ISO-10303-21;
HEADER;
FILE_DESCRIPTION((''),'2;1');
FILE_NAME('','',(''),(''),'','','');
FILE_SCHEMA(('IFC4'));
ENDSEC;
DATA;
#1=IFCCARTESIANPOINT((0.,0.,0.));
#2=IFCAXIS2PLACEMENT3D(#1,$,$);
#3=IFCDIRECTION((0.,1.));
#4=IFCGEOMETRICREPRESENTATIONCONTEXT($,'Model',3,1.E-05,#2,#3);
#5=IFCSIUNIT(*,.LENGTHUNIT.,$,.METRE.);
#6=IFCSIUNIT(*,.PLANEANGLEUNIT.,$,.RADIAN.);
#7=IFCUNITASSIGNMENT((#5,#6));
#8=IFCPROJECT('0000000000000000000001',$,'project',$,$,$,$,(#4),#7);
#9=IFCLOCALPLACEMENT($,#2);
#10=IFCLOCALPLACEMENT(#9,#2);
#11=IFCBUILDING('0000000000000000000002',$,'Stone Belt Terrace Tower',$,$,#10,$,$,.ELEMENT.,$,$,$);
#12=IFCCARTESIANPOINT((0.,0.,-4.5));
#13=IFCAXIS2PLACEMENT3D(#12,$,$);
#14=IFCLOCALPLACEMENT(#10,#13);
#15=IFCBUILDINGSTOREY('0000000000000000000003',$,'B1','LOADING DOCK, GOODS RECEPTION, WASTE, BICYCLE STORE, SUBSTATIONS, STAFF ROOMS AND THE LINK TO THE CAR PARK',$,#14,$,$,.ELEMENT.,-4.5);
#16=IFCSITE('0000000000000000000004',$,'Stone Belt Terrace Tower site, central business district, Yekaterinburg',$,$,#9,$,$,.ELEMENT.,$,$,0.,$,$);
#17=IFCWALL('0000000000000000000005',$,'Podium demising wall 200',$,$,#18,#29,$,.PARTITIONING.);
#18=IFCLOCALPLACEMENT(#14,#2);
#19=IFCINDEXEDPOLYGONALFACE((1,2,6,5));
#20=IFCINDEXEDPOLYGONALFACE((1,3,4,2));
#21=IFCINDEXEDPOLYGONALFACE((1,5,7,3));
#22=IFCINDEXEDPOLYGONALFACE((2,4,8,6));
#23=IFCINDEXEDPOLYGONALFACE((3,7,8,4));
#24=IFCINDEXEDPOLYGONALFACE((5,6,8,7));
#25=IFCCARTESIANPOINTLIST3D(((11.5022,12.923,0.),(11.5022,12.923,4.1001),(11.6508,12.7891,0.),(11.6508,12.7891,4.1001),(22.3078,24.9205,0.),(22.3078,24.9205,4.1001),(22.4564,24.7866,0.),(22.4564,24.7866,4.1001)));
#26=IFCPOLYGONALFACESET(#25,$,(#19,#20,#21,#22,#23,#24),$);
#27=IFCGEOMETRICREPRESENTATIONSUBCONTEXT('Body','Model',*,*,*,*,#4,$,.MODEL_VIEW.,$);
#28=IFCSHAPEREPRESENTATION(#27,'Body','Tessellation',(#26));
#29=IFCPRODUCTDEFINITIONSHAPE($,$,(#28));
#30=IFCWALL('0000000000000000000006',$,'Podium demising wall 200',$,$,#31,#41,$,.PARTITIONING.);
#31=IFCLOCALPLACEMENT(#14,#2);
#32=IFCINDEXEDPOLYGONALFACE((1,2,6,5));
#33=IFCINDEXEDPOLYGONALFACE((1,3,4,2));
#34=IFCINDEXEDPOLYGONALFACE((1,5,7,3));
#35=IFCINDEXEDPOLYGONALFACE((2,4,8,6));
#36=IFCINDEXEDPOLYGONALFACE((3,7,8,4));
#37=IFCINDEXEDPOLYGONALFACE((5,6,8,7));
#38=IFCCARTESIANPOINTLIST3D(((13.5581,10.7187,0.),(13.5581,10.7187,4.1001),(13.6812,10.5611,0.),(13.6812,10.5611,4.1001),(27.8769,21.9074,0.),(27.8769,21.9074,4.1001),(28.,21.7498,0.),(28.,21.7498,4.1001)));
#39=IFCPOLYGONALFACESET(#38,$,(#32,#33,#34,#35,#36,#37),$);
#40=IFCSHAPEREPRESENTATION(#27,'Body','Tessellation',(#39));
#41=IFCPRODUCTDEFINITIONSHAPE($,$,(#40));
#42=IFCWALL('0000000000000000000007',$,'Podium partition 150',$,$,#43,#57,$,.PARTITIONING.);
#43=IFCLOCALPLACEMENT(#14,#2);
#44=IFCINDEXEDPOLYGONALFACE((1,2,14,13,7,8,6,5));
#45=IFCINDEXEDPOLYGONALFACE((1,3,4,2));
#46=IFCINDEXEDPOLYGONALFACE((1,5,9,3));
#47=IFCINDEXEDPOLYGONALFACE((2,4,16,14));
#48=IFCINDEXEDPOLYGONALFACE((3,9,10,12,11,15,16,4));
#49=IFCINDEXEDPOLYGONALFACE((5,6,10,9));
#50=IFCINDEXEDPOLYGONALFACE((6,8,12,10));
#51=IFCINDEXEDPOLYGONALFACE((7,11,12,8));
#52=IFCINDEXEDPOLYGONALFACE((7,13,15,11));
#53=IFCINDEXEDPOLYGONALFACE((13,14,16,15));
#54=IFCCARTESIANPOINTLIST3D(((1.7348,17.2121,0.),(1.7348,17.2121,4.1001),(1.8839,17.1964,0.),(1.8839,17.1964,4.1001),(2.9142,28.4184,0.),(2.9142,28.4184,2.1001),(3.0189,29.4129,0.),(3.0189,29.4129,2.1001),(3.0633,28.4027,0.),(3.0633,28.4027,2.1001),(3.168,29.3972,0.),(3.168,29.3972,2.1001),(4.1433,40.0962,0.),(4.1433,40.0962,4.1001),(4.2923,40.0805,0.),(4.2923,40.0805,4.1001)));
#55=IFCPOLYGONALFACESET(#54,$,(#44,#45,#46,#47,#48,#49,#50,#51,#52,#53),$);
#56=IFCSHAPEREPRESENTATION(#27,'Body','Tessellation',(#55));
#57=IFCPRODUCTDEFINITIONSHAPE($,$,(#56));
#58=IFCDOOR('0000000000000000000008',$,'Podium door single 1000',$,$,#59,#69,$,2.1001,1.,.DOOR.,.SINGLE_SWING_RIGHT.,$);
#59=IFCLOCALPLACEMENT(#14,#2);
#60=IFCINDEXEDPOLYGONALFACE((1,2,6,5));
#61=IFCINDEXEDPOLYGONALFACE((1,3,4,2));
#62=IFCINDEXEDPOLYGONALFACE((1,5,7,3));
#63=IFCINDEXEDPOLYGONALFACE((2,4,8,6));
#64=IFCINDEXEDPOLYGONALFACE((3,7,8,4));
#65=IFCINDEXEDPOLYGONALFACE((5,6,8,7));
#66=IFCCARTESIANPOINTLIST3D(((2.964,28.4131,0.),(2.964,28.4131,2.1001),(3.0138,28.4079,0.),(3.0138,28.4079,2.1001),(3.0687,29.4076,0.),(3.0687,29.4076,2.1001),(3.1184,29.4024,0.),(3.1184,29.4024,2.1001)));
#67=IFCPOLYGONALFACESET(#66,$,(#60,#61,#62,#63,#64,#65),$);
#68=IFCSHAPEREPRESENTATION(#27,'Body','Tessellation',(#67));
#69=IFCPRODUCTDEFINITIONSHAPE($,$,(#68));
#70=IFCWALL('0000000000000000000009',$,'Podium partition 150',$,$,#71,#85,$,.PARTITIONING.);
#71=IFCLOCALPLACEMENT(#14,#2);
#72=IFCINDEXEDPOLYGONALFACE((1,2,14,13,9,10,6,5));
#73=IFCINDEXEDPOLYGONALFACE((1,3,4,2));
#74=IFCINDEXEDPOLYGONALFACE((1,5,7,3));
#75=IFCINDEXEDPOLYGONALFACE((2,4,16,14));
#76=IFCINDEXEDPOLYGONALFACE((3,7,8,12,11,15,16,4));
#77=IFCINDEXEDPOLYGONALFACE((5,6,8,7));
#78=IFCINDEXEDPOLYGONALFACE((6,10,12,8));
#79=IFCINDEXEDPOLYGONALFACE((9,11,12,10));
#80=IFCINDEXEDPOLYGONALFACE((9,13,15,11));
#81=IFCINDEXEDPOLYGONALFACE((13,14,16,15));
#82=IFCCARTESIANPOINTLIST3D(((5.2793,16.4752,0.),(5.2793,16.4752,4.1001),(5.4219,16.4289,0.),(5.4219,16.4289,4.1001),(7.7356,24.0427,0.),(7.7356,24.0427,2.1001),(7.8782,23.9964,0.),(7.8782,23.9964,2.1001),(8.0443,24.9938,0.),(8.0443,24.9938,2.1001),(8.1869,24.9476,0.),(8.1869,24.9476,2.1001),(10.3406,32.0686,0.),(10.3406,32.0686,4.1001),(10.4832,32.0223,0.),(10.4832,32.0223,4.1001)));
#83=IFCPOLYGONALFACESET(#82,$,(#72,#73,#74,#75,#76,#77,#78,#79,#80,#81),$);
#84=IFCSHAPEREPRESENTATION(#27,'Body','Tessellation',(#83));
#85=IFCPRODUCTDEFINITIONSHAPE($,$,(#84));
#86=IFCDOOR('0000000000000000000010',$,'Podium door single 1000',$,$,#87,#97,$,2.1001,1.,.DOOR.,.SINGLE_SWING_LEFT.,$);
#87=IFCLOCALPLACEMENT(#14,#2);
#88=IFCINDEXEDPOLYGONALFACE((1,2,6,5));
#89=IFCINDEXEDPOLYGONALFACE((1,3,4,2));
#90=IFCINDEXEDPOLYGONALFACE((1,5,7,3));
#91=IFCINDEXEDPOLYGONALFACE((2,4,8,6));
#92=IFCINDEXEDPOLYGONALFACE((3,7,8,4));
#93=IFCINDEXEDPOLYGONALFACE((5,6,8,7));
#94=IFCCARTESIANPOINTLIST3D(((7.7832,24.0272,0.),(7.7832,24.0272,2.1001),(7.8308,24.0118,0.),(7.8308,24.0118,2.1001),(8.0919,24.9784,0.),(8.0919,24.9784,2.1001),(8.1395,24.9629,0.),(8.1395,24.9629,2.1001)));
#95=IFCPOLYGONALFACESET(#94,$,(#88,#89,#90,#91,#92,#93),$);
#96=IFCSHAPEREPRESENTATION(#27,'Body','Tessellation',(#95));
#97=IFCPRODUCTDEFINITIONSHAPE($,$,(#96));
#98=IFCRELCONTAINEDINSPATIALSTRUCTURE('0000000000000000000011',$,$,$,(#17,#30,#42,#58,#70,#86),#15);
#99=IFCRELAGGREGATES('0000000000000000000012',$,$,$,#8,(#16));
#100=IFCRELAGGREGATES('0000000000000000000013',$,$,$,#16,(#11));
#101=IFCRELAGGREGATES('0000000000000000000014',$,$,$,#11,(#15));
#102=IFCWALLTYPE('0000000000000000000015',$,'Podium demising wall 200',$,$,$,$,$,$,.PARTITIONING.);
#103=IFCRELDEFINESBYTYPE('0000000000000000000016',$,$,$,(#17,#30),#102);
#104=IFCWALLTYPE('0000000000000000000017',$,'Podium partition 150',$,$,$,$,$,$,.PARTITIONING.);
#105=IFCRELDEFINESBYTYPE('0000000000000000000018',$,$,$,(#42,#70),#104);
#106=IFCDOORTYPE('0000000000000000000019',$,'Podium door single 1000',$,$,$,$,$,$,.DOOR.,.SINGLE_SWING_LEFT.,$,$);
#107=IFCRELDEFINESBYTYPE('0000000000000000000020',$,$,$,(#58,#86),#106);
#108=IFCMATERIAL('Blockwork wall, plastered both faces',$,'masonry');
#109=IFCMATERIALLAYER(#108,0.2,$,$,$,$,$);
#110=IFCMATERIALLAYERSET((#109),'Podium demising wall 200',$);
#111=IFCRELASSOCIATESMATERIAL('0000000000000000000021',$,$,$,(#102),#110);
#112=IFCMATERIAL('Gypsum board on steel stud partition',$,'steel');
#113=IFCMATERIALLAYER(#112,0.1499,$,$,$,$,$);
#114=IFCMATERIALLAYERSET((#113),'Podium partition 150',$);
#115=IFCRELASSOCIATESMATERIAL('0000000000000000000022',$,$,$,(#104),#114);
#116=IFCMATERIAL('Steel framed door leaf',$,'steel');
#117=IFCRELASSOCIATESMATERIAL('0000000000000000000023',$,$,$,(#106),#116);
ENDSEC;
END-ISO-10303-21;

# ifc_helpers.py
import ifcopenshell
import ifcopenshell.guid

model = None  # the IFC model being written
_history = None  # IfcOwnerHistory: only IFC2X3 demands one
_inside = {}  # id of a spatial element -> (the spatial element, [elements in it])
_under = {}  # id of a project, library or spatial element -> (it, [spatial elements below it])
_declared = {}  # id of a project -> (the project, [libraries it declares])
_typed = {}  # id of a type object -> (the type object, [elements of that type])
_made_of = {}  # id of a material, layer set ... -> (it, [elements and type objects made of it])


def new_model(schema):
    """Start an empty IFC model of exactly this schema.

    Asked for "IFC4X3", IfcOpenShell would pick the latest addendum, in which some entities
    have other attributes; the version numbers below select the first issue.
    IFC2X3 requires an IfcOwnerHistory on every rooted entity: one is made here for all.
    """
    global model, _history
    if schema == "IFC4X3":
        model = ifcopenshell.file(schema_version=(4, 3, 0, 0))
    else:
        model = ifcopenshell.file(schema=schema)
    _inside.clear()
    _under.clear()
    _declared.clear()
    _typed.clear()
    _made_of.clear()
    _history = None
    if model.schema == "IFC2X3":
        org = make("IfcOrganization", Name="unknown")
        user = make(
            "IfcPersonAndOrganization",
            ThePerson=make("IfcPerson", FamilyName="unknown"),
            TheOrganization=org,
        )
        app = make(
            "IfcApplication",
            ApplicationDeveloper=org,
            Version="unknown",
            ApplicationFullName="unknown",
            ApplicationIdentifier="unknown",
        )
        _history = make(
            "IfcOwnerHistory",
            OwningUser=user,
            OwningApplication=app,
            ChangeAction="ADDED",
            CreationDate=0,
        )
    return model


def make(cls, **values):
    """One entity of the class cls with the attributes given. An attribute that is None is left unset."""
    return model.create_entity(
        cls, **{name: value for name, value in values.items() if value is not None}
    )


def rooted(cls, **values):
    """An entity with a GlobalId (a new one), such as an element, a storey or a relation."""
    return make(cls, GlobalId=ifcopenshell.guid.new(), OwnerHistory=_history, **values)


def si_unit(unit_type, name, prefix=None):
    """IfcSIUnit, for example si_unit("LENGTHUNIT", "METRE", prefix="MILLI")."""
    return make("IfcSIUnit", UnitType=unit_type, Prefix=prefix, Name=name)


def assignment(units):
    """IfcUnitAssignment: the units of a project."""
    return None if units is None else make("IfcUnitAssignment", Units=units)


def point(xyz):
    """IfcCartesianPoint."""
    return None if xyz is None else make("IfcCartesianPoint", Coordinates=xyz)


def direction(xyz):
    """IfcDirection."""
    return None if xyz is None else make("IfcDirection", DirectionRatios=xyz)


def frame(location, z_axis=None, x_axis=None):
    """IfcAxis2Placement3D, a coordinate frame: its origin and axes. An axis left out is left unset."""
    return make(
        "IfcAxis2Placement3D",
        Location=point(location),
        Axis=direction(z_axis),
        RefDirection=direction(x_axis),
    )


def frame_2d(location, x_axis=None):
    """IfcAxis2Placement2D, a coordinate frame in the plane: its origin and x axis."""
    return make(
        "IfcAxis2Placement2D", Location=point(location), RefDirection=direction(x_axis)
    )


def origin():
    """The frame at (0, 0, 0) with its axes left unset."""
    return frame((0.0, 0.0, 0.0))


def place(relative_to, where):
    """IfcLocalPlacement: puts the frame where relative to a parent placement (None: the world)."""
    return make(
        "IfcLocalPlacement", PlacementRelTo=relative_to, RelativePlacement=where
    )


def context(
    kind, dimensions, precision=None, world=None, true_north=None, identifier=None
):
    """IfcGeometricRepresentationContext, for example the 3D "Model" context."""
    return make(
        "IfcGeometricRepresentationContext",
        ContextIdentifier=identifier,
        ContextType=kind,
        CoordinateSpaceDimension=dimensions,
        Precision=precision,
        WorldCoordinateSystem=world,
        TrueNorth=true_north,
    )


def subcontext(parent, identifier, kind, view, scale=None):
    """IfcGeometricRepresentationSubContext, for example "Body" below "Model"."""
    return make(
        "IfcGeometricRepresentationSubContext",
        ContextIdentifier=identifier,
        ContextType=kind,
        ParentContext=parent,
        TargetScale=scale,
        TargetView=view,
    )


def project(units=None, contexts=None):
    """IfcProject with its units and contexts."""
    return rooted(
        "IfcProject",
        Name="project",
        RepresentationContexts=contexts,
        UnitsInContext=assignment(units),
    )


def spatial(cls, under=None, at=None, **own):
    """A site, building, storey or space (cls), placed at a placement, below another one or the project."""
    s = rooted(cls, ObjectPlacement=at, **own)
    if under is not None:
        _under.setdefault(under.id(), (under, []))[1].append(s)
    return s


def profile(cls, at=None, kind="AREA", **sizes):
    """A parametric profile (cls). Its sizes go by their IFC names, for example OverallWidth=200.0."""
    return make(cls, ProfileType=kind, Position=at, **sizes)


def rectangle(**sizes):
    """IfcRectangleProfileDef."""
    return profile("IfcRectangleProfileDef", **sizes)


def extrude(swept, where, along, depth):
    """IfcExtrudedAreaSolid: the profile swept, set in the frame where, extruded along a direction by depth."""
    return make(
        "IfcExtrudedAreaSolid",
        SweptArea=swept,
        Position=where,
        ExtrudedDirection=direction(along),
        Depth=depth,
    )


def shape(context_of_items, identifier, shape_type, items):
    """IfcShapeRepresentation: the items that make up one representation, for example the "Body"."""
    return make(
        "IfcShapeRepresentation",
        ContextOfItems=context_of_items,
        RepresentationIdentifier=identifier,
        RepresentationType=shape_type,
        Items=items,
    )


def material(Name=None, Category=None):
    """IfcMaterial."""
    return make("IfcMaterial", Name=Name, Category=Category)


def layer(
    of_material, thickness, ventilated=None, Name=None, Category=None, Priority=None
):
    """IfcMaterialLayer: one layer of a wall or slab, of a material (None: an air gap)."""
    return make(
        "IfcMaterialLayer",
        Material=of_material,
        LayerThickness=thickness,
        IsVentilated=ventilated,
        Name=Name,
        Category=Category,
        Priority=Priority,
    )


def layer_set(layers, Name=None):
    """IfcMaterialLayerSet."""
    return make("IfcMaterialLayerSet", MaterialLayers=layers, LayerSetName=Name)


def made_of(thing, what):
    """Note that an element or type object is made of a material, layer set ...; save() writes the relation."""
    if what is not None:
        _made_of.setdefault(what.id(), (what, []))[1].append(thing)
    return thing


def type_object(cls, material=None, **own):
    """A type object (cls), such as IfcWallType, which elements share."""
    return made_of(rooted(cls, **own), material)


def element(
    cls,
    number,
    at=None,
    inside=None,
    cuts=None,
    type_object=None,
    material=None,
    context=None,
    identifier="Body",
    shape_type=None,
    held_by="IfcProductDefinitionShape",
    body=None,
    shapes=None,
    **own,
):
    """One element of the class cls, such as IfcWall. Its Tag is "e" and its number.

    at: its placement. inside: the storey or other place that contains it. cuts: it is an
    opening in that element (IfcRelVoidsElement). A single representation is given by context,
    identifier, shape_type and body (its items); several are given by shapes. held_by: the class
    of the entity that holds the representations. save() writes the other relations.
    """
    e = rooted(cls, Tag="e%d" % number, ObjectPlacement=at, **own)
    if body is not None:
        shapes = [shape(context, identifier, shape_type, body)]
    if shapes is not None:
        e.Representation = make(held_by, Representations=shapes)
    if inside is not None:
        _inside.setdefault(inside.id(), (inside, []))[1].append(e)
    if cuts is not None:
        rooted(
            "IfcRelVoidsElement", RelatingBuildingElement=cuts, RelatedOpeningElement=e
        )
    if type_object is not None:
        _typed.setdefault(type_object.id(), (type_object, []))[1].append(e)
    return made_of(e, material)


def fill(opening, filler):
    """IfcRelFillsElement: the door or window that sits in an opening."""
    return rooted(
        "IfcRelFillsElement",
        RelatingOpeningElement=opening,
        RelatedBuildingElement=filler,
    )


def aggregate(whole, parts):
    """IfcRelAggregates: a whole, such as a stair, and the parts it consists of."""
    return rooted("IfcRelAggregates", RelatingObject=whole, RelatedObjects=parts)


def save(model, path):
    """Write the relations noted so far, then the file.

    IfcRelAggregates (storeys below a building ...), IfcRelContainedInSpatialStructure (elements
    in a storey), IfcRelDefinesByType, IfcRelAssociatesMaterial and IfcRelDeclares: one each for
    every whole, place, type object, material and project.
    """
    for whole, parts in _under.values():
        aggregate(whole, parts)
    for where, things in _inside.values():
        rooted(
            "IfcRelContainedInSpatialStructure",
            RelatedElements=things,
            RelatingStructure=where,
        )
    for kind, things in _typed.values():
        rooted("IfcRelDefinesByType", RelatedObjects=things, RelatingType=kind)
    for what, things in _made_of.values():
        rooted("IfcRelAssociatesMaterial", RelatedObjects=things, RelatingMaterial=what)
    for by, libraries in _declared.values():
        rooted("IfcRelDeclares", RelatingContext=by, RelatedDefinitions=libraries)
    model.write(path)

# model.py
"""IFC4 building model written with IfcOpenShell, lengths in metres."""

from ifc_helpers import new_model, si_unit, direction, frame, frame_2d, origin, place, context, subcontext, project, spatial, rectangle, extrude, material, layer, layer_set, type_object, element, fill, save


model = new_model("IFC4")

# Units and contexts
model_context = context("Model", 3, precision=1e-05, world=origin(), true_north=direction((0.0, 1.0)))
body_context = subcontext(model_context, "Body", "Model", "MODEL_VIEW")
ifc_project = project(units=[si_unit("LENGTHUNIT", "METRE"), si_unit("PLANEANGLEUNIT", "RADIAN")], contexts=[model_context])

# Site, building, storey
site_placement = place(None, origin())
site = spatial("IfcSite", under=ifc_project, at=site_placement, Name="Stone Belt Terrace Tower site, central business district, Yekaterinburg", CompositionType="ELEMENT", RefElevation=0.0)
building_placement = place(site_placement, origin())
building = spatial("IfcBuilding", under=site, at=building_placement, Name="Stone Belt Terrace Tower", CompositionType="ELEMENT")
storey_placement = place(building_placement, frame((0.0, 0.0, -4.5)))
storey = spatial("IfcBuildingStorey", under=building, at=storey_placement, Name="B1", Description="LOADING DOCK, GOODS RECEPTION, WASTE, BICYCLE STORE, SUBSTATIONS, STAFF ROOMS AND THE LINK TO THE CAR PARK", CompositionType="ELEMENT", Elevation=-4.5)

# Shared definitions
ifc_material_1 = material(Name="Steel framed door leaf", Category="steel")

# Walls
ifc_material_2 = material(Name="Blockwork wall, plastered both faces", Category="masonry")
ifc_layer_1 = layer(ifc_material_2, 0.2)
ifc_layer_set_1 = layer_set([ifc_layer_1], Name="Podium demising wall 200")
wall_type_1 = type_object("IfcWallType", Name="Podium demising wall 200", PredefinedType="PARTITIONING", material=ifc_layer_set_1)
wall_1_placement = place(storey_placement, frame((11.5764, 12.856, 0.0), z_axis=(0.0, 0.0, 1.0), x_axis=(0.669234, 0.743052, 0.0)))
element("IfcWall", 1, at=wall_1_placement, inside=storey, type_object=wall_type_1, Name="Podium demising wall 200", PredefinedType="PARTITIONING", context=body_context, shape_type="SweptSolid", body=[
    extrude(rectangle(XDim=16.1462, YDim=0.2, at=frame_2d((8.0732, 0.0))), origin(), (0.0, 0.0, 1.0), 4.1001),
])
wall_2_placement = place(storey_placement, frame((13.6196, 10.6399, 0.0), z_axis=(0.0, 0.0, 1.0), x_axis=(0.787968, 0.615717, 0.0)))
element("IfcWall", 2, at=wall_2_placement, inside=storey, type_object=wall_type_1, Name="Podium demising wall 200", PredefinedType="PARTITIONING", context=body_context, shape_type="SweptSolid", body=[
    extrude(rectangle(XDim=18.1719, YDim=0.2, at=frame_2d((9.0859, 0.0))), origin(), (0.0, 0.0, 1.0), 4.1001),
])

# Walls, openings, doors
ifc_material_3 = material(Name="Gypsum board on steel stud partition", Category="steel")
ifc_layer_2 = layer(ifc_material_3, 0.1499)
ifc_layer_set_2 = layer_set([ifc_layer_2], Name="Podium partition 150")
wall_type_2 = type_object("IfcWallType", Name="Podium partition 150", PredefinedType="PARTITIONING", material=ifc_layer_set_2)
wall_3_placement = place(storey_placement, frame((1.8093, 17.2041, 0.0), z_axis=(0.0, 0.0, 1.0), x_axis=(0.104668, 0.994507, 0.0)))
wall_3 = element("IfcWall", 3, at=wall_3_placement, inside=storey, type_object=wall_type_2, Name="Podium partition 150", PredefinedType="PARTITIONING", context=body_context, shape_type="SweptSolid", body=[
    extrude(rectangle(XDim=23.0105, YDim=0.1499, at=frame_2d((11.5054, 0.0))), origin(), (0.0, 0.0, 1.0), 4.1001),
])
opening_1_placement = place(wall_3_placement, frame((11.2683, 0.0, 0.0)))
opening_1 = element("IfcOpeningElement", 4, at=opening_1_placement, cuts=wall_3, PredefinedType="OPENING", context=body_context, shape_type="SweptSolid", body=[
    extrude(rectangle(XDim=1.0, YDim=2.1001, at=frame_2d((0.5, 1.05))), frame((0.0, 0.085, 0.0), z_axis=(0.0, -1.0, 0.0), x_axis=(1.0, 0.0, 0.0)), (0.0, 0.0, 1.0), 0.1699),
])
door_type_1 = type_object("IfcDoorType", Name="Podium door single 1000", OperationType="SINGLE_SWING_LEFT", PredefinedType="DOOR", material=ifc_material_1)
door_1_placement = place(opening_1_placement, origin())
door_1 = element("IfcDoor", 5, at=door_1_placement, inside=storey, type_object=door_type_1, Name="Podium door single 1000", OperationType="SINGLE_SWING_RIGHT", OverallHeight=2.1001, OverallWidth=1.0, PredefinedType="DOOR", context=body_context, shape_type="SweptSolid", body=[
    extrude(rectangle(XDim=1.0, YDim=2.1001, at=frame_2d((0.5, 1.05))), frame((0.0, 0.0249, 0.0), z_axis=(0.0, -1.0, 0.0), x_axis=(1.0, 0.0, 0.0)), (0.0, 0.0, 1.0), 0.05),
])
fill(opening_1, door_1)
wall_4_placement = place(storey_placement, frame((5.3506, 16.4519, 0.0), z_axis=(0.0, 0.0, 1.0), x_axis=(0.308721, 0.951153, 0.0)))
wall_4 = element("IfcWall", 6, at=wall_4_placement, inside=storey, type_object=wall_type_2, Name="Podium partition 150", PredefinedType="PARTITIONING", context=body_context, shape_type="SweptSolid", body=[
    extrude(rectangle(XDim=16.3943, YDim=0.1499, at=frame_2d((8.1973, 0.0))), origin(), (0.0, 0.0, 1.0), 4.1001),
])
opening_2_placement = place(wall_4_placement, frame((7.9563, 0.0, 0.0)))
opening_2 = element("IfcOpeningElement", 7, at=opening_2_placement, cuts=wall_4, PredefinedType="OPENING", context=body_context, shape_type="SweptSolid", body=[
    extrude(rectangle(XDim=1.0, YDim=2.1001, at=frame_2d((0.5, 1.05))), frame((0.0, 0.085, 0.0), z_axis=(0.0, -1.0, 0.0), x_axis=(1.0, 0.0, 0.0)), (0.0, 0.0, 1.0), 0.1699),
])
door_2_placement = place(opening_2_placement, origin())
door_2 = element("IfcDoor", 8, at=door_2_placement, inside=storey, type_object=door_type_1, Name="Podium door single 1000", OperationType="SINGLE_SWING_LEFT", OverallHeight=2.1001, OverallWidth=1.0, PredefinedType="DOOR", context=body_context, shape_type="SweptSolid", body=[
    extrude(rectangle(XDim=1.0, YDim=2.1001, at=frame_2d((0.5, 1.05))), frame((0.0, 0.0249, 0.0), z_axis=(0.0, -1.0, 0.0), x_axis=(1.0, 0.0, 0.0)), (0.0, 0.0, 1.0), 0.05),
])
fill(opening_2, door_2)

save(model, "model.ifc")
